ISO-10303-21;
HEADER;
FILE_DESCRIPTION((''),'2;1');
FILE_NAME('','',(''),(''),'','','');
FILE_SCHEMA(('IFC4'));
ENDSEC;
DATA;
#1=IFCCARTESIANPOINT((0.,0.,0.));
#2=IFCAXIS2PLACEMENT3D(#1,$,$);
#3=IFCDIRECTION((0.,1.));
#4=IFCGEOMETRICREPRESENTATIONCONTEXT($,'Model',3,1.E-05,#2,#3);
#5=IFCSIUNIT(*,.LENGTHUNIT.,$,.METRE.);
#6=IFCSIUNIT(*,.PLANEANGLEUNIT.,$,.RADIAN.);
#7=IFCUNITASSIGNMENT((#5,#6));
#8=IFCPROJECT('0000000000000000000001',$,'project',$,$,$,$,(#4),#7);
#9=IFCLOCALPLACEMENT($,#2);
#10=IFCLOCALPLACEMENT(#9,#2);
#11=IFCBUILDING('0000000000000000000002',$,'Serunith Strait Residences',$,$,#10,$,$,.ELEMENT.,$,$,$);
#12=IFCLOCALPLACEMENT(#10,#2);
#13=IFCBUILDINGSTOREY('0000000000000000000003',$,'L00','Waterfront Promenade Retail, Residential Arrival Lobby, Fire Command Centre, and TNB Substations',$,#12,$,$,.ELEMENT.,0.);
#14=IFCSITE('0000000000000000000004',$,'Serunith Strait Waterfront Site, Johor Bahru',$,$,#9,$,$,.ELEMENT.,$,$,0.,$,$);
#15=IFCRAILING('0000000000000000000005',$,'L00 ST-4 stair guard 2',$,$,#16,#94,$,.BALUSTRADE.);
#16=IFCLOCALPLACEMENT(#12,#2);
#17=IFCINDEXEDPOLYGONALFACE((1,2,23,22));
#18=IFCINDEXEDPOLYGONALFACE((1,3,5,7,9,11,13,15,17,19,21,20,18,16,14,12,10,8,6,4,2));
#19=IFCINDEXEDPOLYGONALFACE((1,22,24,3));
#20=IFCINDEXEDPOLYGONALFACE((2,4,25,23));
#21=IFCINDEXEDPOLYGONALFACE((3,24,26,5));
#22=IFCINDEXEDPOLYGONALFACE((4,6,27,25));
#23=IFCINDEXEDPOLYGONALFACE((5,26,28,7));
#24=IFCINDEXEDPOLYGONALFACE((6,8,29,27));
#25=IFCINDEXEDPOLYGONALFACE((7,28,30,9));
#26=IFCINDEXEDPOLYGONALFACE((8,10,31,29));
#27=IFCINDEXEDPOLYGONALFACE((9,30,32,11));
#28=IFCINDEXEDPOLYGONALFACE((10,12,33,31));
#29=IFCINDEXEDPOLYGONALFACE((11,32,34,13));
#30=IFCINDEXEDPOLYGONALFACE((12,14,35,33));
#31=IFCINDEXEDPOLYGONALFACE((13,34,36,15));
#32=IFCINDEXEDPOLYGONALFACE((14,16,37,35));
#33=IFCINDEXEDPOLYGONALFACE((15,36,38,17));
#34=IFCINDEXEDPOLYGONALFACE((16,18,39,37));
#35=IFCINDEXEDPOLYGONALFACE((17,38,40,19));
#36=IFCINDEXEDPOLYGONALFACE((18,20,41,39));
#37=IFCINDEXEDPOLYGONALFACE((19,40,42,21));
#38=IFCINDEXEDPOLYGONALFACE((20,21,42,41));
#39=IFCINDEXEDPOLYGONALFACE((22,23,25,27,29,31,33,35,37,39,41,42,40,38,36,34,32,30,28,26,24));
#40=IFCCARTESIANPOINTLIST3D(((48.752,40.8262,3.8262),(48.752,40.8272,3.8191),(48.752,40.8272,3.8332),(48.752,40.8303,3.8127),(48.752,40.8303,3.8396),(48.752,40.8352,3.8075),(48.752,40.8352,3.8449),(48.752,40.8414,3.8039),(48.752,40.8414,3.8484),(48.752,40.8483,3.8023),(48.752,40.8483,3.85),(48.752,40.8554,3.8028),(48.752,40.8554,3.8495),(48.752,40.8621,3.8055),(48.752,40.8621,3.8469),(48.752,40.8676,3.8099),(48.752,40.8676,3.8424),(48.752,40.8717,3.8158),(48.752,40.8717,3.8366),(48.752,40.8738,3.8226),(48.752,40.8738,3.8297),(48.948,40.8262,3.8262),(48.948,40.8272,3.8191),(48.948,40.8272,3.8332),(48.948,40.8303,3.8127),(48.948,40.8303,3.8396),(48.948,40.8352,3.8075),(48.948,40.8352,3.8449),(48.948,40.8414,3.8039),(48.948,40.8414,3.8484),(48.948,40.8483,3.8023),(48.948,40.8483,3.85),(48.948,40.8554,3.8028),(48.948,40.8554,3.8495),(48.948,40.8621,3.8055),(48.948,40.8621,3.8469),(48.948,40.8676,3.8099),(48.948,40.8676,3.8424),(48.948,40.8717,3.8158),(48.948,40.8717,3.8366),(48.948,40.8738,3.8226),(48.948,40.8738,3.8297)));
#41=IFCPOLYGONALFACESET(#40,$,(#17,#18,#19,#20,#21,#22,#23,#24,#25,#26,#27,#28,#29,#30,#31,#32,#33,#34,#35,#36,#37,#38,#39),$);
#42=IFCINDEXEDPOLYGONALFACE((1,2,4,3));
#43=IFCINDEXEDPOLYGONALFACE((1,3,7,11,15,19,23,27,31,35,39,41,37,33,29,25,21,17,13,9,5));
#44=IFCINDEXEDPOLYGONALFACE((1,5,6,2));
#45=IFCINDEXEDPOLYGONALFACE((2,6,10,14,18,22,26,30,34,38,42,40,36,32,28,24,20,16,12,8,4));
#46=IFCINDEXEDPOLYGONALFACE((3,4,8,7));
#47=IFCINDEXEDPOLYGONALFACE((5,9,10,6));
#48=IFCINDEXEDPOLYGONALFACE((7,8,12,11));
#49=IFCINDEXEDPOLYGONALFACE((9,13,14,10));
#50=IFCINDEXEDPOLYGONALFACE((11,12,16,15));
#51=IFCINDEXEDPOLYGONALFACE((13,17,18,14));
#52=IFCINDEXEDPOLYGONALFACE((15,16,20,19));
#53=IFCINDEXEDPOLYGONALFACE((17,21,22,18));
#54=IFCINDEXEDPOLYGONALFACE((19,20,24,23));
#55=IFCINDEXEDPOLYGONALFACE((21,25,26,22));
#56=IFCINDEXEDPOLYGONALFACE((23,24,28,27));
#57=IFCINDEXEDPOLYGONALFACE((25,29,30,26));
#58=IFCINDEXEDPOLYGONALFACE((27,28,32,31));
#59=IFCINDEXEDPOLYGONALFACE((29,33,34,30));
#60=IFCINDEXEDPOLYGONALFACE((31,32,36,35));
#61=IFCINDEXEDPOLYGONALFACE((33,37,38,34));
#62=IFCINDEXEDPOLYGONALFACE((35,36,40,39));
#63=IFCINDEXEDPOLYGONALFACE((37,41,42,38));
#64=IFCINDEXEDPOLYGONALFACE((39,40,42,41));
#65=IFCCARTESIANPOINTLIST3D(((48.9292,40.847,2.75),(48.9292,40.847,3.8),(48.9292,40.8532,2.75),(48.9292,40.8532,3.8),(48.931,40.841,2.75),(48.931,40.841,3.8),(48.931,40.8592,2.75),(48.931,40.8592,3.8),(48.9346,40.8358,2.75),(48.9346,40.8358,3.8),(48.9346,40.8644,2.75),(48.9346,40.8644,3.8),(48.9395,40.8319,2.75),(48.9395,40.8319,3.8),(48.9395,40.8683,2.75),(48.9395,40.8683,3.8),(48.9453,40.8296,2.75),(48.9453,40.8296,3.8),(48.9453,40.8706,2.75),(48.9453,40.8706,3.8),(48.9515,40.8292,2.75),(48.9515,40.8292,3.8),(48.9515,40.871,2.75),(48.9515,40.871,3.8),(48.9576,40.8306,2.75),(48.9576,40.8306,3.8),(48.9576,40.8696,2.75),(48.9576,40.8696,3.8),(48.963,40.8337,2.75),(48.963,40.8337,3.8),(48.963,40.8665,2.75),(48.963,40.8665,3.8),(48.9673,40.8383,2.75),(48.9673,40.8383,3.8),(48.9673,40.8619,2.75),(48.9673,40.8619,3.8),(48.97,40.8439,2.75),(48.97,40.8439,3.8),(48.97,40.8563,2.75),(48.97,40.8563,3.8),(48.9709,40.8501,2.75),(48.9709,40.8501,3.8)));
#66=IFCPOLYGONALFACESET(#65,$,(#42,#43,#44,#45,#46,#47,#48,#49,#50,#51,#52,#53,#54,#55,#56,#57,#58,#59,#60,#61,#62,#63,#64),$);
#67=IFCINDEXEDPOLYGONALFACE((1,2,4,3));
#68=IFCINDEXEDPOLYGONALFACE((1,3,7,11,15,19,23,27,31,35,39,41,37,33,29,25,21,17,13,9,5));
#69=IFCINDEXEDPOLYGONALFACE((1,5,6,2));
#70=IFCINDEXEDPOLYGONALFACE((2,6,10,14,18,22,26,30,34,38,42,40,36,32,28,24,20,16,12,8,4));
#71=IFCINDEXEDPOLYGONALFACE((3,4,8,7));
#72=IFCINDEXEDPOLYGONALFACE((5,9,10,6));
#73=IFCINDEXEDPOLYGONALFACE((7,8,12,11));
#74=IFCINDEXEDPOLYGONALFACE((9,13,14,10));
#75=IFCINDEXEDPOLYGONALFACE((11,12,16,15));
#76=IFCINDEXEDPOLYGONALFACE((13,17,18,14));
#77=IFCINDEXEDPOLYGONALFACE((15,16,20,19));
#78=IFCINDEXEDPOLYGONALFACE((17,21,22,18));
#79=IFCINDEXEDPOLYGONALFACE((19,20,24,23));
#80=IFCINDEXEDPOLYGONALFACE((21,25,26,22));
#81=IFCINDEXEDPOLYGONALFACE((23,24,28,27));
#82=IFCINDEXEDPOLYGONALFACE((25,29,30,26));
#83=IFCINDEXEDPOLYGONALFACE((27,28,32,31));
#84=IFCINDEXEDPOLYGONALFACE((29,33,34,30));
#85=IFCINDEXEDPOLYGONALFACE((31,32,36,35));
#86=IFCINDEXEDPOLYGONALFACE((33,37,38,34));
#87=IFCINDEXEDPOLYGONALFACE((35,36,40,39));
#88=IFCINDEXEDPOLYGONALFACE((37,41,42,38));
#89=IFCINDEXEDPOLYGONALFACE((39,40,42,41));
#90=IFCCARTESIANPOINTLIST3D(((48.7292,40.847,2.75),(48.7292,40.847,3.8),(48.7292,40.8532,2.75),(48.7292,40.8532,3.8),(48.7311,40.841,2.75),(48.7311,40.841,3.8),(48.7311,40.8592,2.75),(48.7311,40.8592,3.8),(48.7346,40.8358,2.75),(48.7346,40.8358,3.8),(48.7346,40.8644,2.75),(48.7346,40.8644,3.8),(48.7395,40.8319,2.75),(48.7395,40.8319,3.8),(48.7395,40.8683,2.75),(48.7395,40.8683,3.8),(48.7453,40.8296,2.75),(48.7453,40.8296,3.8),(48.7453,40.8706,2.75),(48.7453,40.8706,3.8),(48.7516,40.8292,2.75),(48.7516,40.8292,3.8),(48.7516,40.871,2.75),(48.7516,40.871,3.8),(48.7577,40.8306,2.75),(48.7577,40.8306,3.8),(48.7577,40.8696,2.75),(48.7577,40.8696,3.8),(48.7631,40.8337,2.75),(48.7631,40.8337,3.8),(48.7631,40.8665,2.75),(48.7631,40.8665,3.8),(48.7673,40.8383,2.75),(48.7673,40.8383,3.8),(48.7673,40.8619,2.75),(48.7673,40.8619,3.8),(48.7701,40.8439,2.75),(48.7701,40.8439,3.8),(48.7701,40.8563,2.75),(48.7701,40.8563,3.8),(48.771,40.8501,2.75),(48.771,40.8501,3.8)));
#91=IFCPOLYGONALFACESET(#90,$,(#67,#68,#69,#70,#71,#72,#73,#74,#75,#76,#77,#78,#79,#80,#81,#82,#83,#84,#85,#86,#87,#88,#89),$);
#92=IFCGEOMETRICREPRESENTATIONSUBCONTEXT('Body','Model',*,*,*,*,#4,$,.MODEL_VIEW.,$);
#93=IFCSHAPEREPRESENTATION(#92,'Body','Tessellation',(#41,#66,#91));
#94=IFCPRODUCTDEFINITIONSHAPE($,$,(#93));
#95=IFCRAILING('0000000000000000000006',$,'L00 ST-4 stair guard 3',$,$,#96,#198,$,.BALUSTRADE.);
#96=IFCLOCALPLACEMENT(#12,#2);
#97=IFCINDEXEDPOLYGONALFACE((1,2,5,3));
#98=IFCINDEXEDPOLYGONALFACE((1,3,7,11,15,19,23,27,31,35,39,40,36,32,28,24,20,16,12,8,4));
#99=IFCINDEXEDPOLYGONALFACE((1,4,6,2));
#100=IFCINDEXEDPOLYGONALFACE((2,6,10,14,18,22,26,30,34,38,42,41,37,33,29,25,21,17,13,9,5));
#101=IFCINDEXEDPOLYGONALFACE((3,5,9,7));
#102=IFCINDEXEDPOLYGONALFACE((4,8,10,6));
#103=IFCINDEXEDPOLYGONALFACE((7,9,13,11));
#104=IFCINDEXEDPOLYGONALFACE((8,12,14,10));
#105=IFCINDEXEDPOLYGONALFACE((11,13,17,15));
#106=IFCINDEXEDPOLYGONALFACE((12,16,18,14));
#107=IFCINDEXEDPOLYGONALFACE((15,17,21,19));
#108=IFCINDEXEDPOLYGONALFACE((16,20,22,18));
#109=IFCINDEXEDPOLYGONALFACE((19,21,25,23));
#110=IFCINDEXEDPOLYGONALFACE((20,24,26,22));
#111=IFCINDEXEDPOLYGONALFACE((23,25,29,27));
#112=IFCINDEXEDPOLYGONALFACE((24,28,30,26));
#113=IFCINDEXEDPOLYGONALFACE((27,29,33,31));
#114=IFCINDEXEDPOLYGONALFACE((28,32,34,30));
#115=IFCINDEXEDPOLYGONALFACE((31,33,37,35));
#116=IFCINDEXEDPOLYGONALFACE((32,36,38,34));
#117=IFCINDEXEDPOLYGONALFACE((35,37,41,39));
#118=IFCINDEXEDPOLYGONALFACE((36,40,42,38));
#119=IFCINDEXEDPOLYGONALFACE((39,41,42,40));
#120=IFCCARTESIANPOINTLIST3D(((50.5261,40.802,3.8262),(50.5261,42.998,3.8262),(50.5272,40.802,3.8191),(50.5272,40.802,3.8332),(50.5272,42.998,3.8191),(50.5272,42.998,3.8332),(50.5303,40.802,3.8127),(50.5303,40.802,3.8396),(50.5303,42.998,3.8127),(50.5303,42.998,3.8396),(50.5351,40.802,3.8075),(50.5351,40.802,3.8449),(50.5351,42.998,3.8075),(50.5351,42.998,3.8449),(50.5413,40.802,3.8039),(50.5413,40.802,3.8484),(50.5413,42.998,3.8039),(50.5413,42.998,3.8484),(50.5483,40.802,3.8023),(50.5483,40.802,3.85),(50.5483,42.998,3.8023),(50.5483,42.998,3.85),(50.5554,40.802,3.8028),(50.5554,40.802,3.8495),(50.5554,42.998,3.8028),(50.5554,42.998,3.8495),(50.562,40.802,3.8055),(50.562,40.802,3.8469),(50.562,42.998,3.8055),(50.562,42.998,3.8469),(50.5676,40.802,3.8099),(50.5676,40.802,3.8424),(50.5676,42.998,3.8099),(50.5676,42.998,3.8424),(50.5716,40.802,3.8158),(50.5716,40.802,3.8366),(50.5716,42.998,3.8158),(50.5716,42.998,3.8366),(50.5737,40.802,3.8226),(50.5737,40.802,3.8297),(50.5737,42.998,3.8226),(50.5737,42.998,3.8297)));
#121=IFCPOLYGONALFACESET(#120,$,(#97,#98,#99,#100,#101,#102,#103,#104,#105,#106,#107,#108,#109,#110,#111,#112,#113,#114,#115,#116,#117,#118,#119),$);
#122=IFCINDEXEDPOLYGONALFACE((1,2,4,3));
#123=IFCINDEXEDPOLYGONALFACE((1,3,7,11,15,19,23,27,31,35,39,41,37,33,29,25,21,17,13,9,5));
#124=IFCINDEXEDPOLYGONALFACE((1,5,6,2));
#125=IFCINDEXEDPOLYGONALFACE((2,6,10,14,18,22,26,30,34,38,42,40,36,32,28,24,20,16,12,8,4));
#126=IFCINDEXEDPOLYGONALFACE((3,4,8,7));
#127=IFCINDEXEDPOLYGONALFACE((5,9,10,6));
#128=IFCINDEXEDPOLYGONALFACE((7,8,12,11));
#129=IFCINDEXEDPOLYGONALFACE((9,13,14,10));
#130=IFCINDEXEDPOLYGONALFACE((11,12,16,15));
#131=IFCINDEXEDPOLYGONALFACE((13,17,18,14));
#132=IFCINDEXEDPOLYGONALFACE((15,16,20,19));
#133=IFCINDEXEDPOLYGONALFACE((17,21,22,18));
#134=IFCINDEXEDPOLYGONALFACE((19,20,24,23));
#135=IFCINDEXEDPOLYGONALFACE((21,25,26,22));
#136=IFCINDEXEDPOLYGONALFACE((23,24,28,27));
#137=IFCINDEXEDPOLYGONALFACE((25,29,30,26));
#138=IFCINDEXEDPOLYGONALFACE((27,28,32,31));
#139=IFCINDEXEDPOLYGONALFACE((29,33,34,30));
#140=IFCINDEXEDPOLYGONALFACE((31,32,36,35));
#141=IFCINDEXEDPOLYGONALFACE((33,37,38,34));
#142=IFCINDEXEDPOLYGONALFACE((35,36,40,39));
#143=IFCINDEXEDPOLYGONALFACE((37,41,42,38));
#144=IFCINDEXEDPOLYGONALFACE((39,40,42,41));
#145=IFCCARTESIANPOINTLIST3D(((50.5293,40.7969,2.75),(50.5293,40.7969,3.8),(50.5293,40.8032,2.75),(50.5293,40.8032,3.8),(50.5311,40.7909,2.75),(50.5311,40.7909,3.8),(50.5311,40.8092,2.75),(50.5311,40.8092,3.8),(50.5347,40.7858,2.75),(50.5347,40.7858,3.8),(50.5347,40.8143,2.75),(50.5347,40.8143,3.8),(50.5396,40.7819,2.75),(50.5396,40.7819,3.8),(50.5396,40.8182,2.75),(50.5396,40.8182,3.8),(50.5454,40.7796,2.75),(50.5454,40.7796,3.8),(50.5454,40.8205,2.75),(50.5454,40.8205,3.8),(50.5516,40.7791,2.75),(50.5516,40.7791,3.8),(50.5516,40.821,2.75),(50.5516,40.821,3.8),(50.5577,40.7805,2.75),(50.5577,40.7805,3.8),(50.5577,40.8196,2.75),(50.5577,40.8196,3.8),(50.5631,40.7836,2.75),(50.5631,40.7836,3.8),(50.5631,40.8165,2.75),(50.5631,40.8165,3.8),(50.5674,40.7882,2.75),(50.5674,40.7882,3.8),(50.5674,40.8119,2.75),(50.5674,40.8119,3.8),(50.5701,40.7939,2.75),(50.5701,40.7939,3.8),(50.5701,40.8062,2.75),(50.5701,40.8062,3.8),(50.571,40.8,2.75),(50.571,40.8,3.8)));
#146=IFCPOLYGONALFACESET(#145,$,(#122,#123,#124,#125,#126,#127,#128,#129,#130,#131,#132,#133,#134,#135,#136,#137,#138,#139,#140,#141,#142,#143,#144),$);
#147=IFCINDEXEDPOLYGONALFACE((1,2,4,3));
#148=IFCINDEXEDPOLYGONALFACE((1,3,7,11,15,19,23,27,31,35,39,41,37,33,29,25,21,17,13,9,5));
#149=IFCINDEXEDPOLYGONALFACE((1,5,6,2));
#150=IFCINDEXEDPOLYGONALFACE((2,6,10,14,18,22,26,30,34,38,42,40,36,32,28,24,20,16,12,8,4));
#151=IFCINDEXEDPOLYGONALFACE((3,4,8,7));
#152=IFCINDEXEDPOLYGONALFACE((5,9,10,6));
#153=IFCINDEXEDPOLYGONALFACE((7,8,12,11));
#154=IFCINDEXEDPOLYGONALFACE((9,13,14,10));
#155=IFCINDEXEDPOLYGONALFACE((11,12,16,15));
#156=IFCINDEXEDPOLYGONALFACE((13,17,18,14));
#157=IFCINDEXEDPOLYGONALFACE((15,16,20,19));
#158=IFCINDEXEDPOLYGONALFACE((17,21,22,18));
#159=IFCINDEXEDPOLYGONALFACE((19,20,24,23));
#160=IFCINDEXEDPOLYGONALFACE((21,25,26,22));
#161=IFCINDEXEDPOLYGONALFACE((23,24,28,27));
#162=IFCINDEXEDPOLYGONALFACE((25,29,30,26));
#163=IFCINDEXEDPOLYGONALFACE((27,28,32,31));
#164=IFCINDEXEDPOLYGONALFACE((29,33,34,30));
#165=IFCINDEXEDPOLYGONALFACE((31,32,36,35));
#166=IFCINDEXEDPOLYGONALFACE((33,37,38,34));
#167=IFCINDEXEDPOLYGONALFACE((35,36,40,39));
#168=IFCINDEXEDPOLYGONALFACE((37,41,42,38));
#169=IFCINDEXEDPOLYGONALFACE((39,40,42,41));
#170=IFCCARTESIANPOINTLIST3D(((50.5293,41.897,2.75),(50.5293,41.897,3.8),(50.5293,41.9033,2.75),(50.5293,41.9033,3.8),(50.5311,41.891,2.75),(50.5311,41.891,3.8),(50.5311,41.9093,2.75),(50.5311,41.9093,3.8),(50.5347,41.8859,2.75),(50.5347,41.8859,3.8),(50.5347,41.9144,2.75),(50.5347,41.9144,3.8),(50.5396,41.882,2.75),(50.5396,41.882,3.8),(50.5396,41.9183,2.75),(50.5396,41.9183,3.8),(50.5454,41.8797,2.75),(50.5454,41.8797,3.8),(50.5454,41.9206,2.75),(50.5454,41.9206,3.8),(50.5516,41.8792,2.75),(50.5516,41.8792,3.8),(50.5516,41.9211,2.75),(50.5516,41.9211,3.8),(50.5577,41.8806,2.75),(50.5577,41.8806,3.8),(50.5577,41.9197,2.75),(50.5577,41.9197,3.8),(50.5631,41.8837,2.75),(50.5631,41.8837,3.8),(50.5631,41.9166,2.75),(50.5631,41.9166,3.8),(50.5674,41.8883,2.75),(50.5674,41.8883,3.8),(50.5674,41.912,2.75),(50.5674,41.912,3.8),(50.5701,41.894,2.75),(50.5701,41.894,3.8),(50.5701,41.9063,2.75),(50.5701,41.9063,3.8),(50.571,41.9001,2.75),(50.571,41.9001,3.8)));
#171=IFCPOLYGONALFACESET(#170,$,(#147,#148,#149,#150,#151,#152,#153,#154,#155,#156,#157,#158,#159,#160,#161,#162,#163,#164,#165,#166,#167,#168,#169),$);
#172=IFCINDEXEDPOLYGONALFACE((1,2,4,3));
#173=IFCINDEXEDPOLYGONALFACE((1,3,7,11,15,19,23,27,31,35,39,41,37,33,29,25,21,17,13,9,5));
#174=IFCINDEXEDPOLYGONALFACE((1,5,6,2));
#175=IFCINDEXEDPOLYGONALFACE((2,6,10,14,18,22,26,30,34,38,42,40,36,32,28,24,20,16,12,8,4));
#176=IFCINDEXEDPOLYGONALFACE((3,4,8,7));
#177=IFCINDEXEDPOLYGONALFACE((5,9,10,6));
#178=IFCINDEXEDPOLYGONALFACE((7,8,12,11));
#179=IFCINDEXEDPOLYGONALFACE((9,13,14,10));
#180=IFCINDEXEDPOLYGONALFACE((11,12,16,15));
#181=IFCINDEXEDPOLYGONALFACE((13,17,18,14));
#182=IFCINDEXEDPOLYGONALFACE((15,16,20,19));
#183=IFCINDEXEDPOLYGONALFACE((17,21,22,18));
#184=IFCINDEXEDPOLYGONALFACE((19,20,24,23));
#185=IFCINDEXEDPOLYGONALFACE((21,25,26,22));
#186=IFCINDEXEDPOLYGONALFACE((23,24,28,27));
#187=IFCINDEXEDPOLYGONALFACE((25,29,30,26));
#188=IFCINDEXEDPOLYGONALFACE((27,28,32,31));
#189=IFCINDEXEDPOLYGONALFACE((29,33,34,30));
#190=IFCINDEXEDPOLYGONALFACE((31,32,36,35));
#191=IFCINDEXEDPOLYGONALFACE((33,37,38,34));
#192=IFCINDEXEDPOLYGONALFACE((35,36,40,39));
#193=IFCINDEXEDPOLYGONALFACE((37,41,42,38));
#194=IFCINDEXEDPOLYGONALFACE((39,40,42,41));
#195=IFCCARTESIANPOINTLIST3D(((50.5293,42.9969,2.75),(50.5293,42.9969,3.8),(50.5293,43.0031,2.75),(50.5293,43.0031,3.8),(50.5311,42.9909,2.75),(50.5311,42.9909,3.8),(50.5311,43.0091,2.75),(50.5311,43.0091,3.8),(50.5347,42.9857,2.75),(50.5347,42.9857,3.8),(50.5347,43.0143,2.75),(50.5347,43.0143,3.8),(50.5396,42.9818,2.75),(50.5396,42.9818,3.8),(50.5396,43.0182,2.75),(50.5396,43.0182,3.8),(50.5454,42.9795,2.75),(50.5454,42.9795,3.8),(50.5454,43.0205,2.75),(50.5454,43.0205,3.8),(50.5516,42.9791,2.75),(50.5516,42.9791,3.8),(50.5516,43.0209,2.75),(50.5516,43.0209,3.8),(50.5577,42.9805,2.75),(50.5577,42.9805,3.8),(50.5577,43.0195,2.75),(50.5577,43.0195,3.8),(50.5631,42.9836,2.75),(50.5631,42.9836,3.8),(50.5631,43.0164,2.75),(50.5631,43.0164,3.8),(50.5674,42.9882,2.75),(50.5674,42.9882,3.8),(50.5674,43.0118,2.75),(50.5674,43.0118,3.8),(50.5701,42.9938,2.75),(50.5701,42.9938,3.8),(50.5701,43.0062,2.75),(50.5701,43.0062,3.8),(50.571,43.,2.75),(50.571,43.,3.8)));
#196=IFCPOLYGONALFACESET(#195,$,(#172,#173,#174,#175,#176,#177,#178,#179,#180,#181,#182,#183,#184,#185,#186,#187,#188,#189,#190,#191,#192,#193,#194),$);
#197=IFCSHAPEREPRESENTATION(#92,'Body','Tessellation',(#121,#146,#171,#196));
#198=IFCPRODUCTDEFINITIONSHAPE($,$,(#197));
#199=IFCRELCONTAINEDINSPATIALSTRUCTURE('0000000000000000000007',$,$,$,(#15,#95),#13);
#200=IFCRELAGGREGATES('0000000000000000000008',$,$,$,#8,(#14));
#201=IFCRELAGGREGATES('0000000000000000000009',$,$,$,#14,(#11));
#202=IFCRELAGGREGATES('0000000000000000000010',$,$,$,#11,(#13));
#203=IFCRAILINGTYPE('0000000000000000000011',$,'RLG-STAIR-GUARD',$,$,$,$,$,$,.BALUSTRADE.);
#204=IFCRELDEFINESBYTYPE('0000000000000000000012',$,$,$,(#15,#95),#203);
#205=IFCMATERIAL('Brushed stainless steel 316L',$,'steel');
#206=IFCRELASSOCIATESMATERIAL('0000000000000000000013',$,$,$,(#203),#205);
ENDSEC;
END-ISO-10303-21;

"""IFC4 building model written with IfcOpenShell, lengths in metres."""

from ifc_helpers import new_model, si_unit, direction, frame, origin, origin_2d, place, context, subcontext, project, spatial, circle, extrude, material, type_object, element, save


model = new_model("IFC4")

# Units and contexts
model_context = context("Model", 3, precision=1e-05, world=origin(), true_north=direction((0.0, 1.0)))
body_context = subcontext(model_context, "Body", "Model", "MODEL_VIEW")
ifc_project = project(units=[si_unit("LENGTHUNIT", "METRE"), si_unit("PLANEANGLEUNIT", "RADIAN")], contexts=[model_context])

# Site, building, storey
site_placement = place(None, origin())
site = spatial("IfcSite", under=ifc_project, at=site_placement, Name="Serunith Strait Waterfront Site, Johor Bahru", CompositionType="ELEMENT", RefElevation=0.0)
building_placement = place(site_placement, origin())
building = spatial("IfcBuilding", under=site, at=building_placement, Name="Serunith Strait Residences", CompositionType="ELEMENT")
storey_placement = place(building_placement, origin())
storey = spatial("IfcBuildingStorey", under=building, at=storey_placement, Name="L00", Description="Waterfront Promenade Retail, Residential Arrival Lobby, Fire Command Centre, and TNB Substations", CompositionType="ELEMENT", Elevation=0.0)

# Railings
ifc_material_1 = material(Name="Brushed stainless steel 316L", Category="steel")
railing_type_1 = type_object("IfcRailingType", Name="RLG-STAIR-GUARD", PredefinedType="BALUSTRADE", material=ifc_material_1)
railing_1_placement = place(storey_placement, frame((48.95, 40.8501, 2.75)))
element("IfcRailing", 1, at=railing_1_placement, inside=storey, type_object=railing_type_1, Name="L00 ST-4 stair guard 2", PredefinedType="BALUSTRADE", context=body_context, shape_type="SweptSolid", body=[
    extrude(circle(Radius=0.0239, at=origin_2d()), frame((-0.002, 0.0, 1.0762), z_axis=(-1.0, 0.0, 0.0), x_axis=(0.0, -1.0, 0.0)), (0.0, 0.0, 1.0), 0.196),
    extrude(circle(Radius=0.021, at=origin_2d()), origin(), (0.0, 0.0, 1.0), 1.05),
    extrude(circle(Radius=0.021, at=origin_2d()), frame((-0.2, 0.0, 0.0)), (0.0, 0.0, 1.0), 1.05),
])
for number, where, name in (
    (2, (50.55, 40.8, 2.75), "L00 ST-4 stair guard 3"),
):
    element("IfcRailing", number, at=place(storey_placement, frame(where)), inside=storey, type_object=railing_type_1, Name=name, PredefinedType="BALUSTRADE", context=body_context, shape_type="SweptSolid", body=[
        extrude(circle(Radius=0.0239, at=origin_2d()), frame((0.0, 0.002, 1.0762), z_axis=(0.0, 1.0, 0.0), x_axis=(-1.0, 0.0, 0.0)), (0.0, 0.0, 1.0), 2.196),
        extrude(circle(Radius=0.021, at=origin_2d()), origin(), (0.0, 0.0, 1.0), 1.05),
        extrude(circle(Radius=0.021, at=origin_2d()), frame((0.0, 1.1001, 0.0)), (0.0, 0.0, 1.0), 1.05),
        extrude(circle(Radius=0.021, at=origin_2d()), frame((0.0, 2.2, 0.0)), (0.0, 0.0, 1.0), 1.05),
    ])

save(model, "model.ifc")
